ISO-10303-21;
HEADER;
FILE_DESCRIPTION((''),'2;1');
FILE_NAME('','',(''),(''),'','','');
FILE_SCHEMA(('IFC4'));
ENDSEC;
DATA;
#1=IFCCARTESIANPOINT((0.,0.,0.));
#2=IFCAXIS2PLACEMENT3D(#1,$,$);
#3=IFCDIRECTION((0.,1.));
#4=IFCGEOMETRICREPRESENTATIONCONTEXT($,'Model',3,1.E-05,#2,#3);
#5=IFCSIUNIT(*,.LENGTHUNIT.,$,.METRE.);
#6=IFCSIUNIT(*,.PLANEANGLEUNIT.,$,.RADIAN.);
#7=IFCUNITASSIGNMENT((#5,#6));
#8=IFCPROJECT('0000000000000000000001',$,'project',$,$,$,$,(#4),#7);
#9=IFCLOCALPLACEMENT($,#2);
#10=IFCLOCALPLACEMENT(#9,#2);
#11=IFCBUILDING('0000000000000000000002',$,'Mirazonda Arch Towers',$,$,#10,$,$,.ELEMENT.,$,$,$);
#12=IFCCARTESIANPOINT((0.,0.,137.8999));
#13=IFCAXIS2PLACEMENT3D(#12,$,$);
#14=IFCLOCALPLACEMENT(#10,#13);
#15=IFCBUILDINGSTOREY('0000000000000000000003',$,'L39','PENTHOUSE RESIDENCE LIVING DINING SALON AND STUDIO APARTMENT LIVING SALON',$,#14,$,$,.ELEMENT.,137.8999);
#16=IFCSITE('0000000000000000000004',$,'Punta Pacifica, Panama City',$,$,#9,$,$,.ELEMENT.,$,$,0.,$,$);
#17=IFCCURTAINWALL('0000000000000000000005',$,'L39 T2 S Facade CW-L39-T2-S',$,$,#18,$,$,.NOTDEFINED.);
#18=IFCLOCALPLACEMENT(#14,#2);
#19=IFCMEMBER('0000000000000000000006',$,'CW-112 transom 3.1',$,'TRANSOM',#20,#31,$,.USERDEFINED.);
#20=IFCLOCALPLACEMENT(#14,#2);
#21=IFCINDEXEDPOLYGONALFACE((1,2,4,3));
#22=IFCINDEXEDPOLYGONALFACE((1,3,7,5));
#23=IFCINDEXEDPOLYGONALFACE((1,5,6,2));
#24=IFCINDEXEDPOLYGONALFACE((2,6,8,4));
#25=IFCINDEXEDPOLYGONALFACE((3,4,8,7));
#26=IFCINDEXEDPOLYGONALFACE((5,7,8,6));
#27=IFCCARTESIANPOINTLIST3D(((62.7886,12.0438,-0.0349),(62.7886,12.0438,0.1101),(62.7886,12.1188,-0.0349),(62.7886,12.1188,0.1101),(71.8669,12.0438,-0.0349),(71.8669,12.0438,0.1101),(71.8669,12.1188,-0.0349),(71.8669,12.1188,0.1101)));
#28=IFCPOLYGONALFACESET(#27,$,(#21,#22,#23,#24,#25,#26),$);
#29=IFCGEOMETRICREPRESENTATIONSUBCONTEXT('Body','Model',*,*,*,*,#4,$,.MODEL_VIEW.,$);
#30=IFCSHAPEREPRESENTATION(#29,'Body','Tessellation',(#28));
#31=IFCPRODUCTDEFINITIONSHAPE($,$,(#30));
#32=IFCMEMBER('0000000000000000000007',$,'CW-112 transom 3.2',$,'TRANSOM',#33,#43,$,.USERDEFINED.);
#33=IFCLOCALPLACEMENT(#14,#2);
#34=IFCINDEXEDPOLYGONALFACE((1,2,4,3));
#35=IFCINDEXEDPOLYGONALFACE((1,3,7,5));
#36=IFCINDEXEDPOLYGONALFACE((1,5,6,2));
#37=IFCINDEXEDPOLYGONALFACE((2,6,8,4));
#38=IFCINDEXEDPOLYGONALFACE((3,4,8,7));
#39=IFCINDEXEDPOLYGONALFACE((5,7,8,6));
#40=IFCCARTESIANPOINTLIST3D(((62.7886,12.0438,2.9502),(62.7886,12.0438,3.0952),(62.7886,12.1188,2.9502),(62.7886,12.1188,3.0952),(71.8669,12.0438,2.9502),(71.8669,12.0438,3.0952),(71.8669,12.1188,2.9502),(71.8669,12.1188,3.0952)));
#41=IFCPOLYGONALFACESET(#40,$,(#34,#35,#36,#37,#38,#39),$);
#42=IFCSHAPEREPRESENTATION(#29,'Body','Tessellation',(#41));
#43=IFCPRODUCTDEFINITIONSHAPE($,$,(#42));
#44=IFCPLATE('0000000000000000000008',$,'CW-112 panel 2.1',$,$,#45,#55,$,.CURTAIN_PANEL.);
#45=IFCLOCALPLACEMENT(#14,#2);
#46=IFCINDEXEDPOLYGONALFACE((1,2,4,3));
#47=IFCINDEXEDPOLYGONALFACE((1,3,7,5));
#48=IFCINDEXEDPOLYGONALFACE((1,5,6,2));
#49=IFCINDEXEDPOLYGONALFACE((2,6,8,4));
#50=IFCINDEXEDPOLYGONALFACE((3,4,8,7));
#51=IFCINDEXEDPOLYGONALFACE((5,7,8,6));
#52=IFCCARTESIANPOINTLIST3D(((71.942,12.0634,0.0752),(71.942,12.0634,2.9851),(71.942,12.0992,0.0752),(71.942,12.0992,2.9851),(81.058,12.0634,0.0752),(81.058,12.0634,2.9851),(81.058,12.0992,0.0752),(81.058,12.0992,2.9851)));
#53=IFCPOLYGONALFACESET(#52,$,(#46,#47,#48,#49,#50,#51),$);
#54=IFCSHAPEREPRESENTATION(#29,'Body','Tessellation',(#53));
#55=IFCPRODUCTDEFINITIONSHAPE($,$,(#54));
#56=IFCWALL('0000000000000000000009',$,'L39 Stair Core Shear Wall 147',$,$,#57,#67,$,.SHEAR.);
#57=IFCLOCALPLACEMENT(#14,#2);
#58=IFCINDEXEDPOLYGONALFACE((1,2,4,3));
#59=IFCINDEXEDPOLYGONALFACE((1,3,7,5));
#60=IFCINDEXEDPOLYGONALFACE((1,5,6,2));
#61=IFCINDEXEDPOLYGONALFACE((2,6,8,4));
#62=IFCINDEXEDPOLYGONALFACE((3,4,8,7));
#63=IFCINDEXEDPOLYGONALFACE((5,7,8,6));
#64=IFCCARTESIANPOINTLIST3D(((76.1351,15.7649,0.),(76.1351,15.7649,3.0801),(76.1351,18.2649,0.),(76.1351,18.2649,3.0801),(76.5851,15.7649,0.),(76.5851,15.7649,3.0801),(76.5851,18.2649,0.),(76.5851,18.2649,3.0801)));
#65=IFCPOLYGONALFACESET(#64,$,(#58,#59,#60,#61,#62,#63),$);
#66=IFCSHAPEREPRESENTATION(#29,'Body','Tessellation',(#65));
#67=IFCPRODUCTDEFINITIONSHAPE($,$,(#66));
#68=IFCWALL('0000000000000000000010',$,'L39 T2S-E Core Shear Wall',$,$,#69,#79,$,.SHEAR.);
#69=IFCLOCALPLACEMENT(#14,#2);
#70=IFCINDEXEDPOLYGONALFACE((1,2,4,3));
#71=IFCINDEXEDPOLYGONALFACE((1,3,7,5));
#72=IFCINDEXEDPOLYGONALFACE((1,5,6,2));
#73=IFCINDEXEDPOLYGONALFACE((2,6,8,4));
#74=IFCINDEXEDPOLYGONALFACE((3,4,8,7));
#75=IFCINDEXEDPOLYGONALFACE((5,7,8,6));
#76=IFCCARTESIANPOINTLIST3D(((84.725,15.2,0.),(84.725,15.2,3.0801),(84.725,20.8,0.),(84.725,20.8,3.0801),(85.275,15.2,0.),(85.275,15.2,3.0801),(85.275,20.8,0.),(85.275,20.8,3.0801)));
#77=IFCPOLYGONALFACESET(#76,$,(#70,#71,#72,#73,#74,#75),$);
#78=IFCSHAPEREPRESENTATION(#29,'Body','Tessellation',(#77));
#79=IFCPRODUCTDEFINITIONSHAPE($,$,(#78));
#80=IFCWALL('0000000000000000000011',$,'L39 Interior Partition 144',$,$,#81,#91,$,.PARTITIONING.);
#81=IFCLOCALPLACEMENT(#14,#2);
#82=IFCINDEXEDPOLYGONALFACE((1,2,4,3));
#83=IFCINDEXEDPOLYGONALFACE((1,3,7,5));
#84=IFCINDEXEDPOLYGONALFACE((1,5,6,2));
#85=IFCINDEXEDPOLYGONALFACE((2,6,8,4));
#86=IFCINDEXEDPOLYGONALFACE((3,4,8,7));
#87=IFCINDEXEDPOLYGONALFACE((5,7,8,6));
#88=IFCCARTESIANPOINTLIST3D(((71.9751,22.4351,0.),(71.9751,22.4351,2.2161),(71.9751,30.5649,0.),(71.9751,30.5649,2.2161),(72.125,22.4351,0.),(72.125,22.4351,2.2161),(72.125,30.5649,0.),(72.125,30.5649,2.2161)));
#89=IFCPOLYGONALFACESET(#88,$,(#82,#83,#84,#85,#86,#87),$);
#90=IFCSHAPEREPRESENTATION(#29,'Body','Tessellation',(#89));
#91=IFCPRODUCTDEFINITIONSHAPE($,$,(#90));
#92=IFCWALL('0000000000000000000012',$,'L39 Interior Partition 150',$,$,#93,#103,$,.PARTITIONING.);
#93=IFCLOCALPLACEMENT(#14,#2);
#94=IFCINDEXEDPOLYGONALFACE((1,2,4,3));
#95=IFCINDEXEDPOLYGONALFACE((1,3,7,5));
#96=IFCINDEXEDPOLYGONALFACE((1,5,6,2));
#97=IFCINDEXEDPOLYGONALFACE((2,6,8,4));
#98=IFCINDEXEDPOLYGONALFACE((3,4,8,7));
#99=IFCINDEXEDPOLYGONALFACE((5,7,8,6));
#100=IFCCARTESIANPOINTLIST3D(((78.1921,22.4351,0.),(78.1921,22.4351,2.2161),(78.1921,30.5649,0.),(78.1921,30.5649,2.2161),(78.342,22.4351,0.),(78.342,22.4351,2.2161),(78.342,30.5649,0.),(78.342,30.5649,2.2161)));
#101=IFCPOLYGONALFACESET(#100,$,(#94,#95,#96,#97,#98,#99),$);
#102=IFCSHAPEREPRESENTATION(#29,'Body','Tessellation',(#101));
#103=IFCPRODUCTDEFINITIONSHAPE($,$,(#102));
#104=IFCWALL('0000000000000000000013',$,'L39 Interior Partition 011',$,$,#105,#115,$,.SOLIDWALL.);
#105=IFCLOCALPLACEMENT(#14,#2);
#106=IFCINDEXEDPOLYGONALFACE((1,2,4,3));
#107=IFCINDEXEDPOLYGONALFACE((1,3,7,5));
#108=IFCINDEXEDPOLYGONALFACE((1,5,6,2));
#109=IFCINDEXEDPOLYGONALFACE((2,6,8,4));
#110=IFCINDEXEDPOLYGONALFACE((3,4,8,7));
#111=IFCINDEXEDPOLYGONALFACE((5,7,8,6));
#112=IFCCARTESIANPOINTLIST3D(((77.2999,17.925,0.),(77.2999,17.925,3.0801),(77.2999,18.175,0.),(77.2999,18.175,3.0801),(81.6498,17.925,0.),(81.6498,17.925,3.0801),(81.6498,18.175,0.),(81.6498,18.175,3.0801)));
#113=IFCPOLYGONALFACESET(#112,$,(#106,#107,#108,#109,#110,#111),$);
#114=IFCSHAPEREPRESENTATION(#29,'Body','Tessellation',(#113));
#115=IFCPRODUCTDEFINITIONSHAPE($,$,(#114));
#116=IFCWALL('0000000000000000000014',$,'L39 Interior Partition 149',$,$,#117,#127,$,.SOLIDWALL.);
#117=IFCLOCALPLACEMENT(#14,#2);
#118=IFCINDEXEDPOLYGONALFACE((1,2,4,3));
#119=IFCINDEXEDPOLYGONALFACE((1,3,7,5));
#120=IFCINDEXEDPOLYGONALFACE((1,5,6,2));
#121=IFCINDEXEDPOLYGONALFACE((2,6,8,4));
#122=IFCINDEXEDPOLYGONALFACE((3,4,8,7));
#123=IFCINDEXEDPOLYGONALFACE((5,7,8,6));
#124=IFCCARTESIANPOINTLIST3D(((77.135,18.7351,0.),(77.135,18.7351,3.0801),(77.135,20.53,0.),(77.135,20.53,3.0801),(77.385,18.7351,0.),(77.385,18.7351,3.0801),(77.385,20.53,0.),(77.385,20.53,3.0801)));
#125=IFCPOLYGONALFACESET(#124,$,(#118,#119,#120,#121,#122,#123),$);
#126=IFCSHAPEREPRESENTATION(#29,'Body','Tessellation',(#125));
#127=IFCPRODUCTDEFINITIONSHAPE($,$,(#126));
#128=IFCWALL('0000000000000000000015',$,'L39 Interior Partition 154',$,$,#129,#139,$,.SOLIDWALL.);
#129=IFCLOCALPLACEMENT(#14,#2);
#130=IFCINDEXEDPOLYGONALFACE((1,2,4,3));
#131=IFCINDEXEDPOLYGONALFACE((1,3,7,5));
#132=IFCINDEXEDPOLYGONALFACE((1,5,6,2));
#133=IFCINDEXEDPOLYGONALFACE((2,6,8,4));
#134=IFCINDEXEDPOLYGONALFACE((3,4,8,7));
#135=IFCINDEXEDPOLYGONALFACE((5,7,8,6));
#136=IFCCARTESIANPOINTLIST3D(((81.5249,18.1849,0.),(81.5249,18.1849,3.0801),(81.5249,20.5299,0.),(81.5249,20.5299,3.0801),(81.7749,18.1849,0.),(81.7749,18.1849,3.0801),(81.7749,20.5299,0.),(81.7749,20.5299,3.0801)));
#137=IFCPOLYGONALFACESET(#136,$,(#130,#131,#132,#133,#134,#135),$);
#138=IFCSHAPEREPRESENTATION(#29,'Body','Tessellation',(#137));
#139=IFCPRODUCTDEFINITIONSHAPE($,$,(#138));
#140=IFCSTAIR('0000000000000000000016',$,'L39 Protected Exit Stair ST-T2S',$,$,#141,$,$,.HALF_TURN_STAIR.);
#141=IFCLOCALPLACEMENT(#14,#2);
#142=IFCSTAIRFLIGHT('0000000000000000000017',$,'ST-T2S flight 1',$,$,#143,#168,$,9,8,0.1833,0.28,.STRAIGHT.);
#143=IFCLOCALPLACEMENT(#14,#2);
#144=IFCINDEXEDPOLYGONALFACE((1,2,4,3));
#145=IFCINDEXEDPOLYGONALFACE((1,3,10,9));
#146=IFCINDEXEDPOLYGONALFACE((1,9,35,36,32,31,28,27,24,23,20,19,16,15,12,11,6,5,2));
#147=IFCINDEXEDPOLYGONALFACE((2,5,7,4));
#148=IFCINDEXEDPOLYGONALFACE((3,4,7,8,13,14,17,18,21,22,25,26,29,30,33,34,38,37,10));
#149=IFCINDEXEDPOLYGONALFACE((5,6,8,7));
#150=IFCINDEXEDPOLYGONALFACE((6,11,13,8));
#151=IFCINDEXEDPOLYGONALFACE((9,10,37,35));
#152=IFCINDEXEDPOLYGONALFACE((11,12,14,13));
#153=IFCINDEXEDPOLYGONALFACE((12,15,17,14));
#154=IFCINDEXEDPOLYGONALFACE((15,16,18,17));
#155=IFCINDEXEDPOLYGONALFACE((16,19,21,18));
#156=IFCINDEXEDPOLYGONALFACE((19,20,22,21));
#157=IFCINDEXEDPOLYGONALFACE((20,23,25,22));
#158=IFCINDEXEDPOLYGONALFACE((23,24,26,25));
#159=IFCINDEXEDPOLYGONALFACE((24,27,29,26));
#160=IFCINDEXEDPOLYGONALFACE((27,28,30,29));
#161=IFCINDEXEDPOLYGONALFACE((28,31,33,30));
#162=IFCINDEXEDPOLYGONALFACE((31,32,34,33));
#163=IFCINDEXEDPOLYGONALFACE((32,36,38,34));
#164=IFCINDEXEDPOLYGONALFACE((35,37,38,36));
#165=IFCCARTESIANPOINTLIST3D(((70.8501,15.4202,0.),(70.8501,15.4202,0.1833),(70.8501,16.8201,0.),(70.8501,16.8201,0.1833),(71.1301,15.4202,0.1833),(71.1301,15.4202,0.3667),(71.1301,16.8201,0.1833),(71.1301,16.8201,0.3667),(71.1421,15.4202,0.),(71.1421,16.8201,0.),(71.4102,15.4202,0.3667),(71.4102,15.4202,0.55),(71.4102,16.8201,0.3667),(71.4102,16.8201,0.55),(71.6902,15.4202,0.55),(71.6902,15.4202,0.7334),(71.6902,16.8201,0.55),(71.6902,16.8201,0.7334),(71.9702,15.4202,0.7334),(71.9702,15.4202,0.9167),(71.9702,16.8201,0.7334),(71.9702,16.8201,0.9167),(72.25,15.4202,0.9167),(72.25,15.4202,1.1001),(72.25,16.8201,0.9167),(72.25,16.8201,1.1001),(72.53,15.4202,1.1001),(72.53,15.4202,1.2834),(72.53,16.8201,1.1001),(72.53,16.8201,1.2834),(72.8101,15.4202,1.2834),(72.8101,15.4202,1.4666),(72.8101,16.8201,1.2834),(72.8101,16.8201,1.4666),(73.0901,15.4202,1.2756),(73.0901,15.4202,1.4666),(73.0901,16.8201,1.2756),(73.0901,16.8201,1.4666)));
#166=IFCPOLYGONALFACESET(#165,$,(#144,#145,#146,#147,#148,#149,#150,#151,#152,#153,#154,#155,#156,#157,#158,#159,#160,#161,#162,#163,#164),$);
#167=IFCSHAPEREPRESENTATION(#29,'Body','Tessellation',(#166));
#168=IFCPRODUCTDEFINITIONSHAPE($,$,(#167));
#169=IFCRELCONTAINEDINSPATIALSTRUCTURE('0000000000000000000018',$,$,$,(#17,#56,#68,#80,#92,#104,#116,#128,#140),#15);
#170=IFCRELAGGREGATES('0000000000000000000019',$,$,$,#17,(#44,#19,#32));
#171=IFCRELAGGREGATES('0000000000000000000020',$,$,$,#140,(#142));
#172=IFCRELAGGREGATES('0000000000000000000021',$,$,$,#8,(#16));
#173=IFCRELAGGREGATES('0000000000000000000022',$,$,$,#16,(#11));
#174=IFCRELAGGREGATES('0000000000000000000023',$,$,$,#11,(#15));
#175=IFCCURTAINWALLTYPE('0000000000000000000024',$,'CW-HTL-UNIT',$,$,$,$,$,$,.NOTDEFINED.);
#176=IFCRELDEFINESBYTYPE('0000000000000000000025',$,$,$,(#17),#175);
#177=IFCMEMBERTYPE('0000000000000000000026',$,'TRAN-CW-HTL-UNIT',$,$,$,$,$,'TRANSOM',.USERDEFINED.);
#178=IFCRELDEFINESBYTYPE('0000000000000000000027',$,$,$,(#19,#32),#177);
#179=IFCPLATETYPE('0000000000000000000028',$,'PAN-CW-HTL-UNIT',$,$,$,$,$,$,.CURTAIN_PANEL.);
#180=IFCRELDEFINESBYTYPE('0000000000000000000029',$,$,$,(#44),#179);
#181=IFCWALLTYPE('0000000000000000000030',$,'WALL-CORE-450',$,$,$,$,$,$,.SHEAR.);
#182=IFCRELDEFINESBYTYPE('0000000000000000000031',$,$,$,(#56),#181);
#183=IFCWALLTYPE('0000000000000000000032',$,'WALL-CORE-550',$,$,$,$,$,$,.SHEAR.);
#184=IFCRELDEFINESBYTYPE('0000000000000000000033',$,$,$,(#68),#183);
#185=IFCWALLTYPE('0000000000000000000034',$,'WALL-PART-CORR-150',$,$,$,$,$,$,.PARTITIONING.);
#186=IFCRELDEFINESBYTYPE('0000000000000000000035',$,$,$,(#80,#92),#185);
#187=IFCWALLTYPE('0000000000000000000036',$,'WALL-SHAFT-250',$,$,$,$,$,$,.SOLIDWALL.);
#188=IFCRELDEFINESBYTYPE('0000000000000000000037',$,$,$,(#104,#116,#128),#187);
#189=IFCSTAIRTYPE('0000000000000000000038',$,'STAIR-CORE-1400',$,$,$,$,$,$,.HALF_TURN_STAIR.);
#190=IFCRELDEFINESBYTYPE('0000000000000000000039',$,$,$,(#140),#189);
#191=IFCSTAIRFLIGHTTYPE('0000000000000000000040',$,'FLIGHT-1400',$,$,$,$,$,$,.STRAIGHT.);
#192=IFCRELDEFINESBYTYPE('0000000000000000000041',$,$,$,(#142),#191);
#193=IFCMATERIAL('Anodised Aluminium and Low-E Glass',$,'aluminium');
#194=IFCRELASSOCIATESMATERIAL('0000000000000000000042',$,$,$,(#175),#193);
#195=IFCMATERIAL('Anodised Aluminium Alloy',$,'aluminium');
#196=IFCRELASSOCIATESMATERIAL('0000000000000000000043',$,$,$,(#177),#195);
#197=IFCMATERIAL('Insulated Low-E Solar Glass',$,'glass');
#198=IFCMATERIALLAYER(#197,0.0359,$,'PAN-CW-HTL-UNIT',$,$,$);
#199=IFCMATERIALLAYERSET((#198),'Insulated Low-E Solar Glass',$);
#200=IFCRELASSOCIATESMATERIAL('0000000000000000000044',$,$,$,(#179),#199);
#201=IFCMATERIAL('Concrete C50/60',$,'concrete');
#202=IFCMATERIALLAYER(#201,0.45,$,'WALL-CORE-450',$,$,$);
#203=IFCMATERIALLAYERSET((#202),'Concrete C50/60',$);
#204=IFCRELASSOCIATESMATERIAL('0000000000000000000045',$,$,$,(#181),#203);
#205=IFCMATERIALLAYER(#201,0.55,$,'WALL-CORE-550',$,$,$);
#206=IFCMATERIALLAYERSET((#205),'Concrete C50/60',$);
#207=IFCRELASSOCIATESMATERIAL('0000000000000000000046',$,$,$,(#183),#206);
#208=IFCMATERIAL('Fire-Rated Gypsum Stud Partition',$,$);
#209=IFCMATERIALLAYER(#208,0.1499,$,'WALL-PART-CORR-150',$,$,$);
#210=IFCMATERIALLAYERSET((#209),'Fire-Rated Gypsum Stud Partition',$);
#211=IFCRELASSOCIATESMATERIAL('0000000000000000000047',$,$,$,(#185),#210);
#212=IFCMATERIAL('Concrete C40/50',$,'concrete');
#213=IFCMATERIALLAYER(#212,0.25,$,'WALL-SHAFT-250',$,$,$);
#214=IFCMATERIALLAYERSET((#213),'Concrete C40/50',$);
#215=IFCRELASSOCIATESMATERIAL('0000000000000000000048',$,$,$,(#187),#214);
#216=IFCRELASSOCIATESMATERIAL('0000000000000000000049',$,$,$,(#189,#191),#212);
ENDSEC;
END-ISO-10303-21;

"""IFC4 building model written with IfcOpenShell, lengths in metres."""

from ifc_helpers import new_model, si_unit, direction, frame, frame_2d, origin, origin_2d, place, context, subcontext, project, spatial, polyline, rectangle, outline, extrude, material, layer, layer_set, material_profile, profile_set, type_object, element, aggregate, save


model = new_model("IFC4")

# Units and contexts
model_context = context("Model", 3, precision=1e-05, world=origin(), true_north=direction((0.0, 1.0)))
body_context = subcontext(model_context, "Body", "Model", "MODEL_VIEW")
ifc_project = project(units=[si_unit("LENGTHUNIT", "METRE"), si_unit("PLANEANGLEUNIT", "RADIAN")], contexts=[model_context])

# Site, building, storey
site_placement = place(None, origin())
site = spatial("IfcSite", under=ifc_project, at=site_placement, Name="Punta Pacifica, Panama City", CompositionType="ELEMENT", RefElevation=0.0)
building_placement = place(site_placement, origin())
building = spatial("IfcBuilding", under=site, at=building_placement, Name="Mirazonda Arch Towers", CompositionType="ELEMENT")
storey_placement = place(building_placement, frame((0.0, 0.0, 137.8999)))
storey = spatial("IfcBuildingStorey", under=building, at=storey_placement, Name="L39", Description="PENTHOUSE RESIDENCE LIVING DINING SALON AND STUDIO APARTMENT LIVING SALON", CompositionType="ELEMENT", Elevation=137.8999)

# Shared definitions
ifc_material_1 = material(Name="Concrete C50/60", Category="concrete")

# Curtain wall, members, plate
ifc_material_2 = material(Name="Anodised Aluminium and Low-E Glass", Category="aluminium")
curtain_wall_type = type_object("IfcCurtainWallType", Name="CW-HTL-UNIT", PredefinedType="NOTDEFINED", material=ifc_material_2)
curtain_wall_placement = place(storey_placement, origin())
curtain_wall = element("IfcCurtainWall", 1, at=curtain_wall_placement, inside=storey, type_object=curtain_wall_type, Name="L39 T2 S Facade CW-L39-T2-S", PredefinedType="NOTDEFINED")
ifc_material_3 = material(Name="Anodised Aluminium Alloy", Category="aluminium")
ifc_material_profile_1 = material_profile(ifc_material_3, rectangle(XDim=0.075, YDim=0.145, at=origin_2d()), Name="ALU-TRAN-75x145")
ifc_profile_set_1 = profile_set([ifc_material_profile_1], Name="Anodised Aluminium Alloy")
member_type_1 = type_object("IfcMemberType", Name="TRAN-CW-HTL-UNIT", ElementType="TRANSOM", PredefinedType="USERDEFINED", material=ifc_profile_set_1)
member_1_placement = place(storey_placement, frame((71.8669, 12.0813, 0.0376), z_axis=(-1.0, 0.0, 0.0), x_axis=(0.0, -1.0, 0.0)))
member_1 = element("IfcMember", 2, at=member_1_placement, type_object=member_type_1, Name="CW-112 transom 3.1", ObjectType="TRANSOM", PredefinedType="USERDEFINED", context=body_context, shape_type="SweptSolid", body=[
    extrude(rectangle(XDim=0.075, YDim=0.145, at=origin_2d()), origin(), (0.0, 0.0, 1.0), 9.0784),
])
member_2_placement = place(storey_placement, frame((71.8669, 12.0813, 3.0227), z_axis=(-1.0, 0.0, 0.0), x_axis=(0.0, -1.0, 0.0)))
member_2 = element("IfcMember", 3, at=member_2_placement, type_object=member_type_1, Name="CW-112 transom 3.2", ObjectType="TRANSOM", PredefinedType="USERDEFINED", context=body_context, shape_type="SweptSolid", body=[
    extrude(rectangle(XDim=0.075, YDim=0.145, at=origin_2d()), origin(), (0.0, 0.0, 1.0), 9.0784),
])
ifc_material_4 = material(Name="Insulated Low-E Solar Glass", Category="glass")
ifc_layer_1 = layer(ifc_material_4, 0.0359, Name="PAN-CW-HTL-UNIT")
ifc_layer_set_1 = layer_set([ifc_layer_1], Name="Insulated Low-E Solar Glass")
plate_type = type_object("IfcPlateType", Name="PAN-CW-HTL-UNIT", PredefinedType="CURTAIN_PANEL", material=ifc_layer_set_1)
plate_placement = place(storey_placement, frame((76.5, 12.0813, 0.0752), z_axis=(0.0, 0.0, 1.0), x_axis=(-1.0, 0.0, 0.0)))
plate = element("IfcPlate", 4, at=plate_placement, type_object=plate_type, Name="CW-112 panel 2.1", PredefinedType="CURTAIN_PANEL", context=body_context, shape_type="SweptSolid", body=[
    extrude(rectangle(XDim=9.116, YDim=0.0359, at=origin_2d()), origin(), (0.0, 0.0, 1.0), 2.9099),
])
aggregate(curtain_wall, [plate, member_1, member_2])

# Walls
ifc_layer_2 = layer(ifc_material_1, 0.45, Name="WALL-CORE-450")
ifc_layer_set_2 = layer_set([ifc_layer_2], Name="Concrete C50/60")
wall_type_1 = type_object("IfcWallType", Name="WALL-CORE-450", PredefinedType="SHEAR", material=ifc_layer_set_2)
wall_1_placement = place(storey_placement, frame((76.3601, 15.7649, 0.0), z_axis=(0.0, 0.0, 1.0), x_axis=(0.0, 1.0, 0.0)))
element("IfcWall", 5, at=wall_1_placement, inside=storey, type_object=wall_type_1, Name="L39 Stair Core Shear Wall 147", PredefinedType="SHEAR", context=body_context, shape_type="SweptSolid", body=[
    extrude(rectangle(XDim=2.5, YDim=0.45, at=frame_2d((1.25, 0.0))), origin(), (0.0, 0.0, 1.0), 3.0801),
])
ifc_layer_3 = layer(ifc_material_1, 0.55, Name="WALL-CORE-550")
ifc_layer_set_3 = layer_set([ifc_layer_3], Name="Concrete C50/60")
wall_type_2 = type_object("IfcWallType", Name="WALL-CORE-550", PredefinedType="SHEAR", material=ifc_layer_set_3)
wall_2_placement = place(storey_placement, frame((85.0, 15.2, 0.0), z_axis=(0.0, 0.0, 1.0), x_axis=(0.0, 1.0, 0.0)))
element("IfcWall", 6, at=wall_2_placement, inside=storey, type_object=wall_type_2, Name="L39 T2S-E Core Shear Wall", PredefinedType="SHEAR", context=body_context, shape_type="SweptSolid", body=[
    extrude(rectangle(XDim=5.6001, YDim=0.55, at=frame_2d((2.8, 0.0))), origin(), (0.0, 0.0, 1.0), 3.0801),
])
ifc_material_5 = material(Name="Fire-Rated Gypsum Stud Partition")
ifc_layer_4 = layer(ifc_material_5, 0.1499, Name="WALL-PART-CORR-150")
ifc_layer_set_4 = layer_set([ifc_layer_4], Name="Fire-Rated Gypsum Stud Partition")
wall_type_3 = type_object("IfcWallType", Name="WALL-PART-CORR-150", PredefinedType="PARTITIONING", material=ifc_layer_set_4)
for number, where, z_axis, x_axis, name in (
    (7, (72.05, 22.4351, 0.0), (0.0, 0.0, 1.0), (0.0, 1.0, 0.0), "L39 Interior Partition 144"),
    (8, (78.2671, 22.4351, 0.0), (0.0, 0.0, 1.0), (0.0, 1.0, 0.0), "L39 Interior Partition 150"),
):
    element("IfcWall", number, at=place(storey_placement, frame(where, z_axis=z_axis, x_axis=x_axis)), inside=storey, type_object=wall_type_3, Name=name, PredefinedType="PARTITIONING", context=body_context, shape_type="SweptSolid", body=[
        extrude(rectangle(XDim=8.1299, YDim=0.1499, at=frame_2d((4.0649, 0.0))), origin(), (0.0, 0.0, 1.0), 2.2161),
    ])
ifc_material_6 = material(Name="Concrete C40/50", Category="concrete")
ifc_layer_5 = layer(ifc_material_6, 0.25, Name="WALL-SHAFT-250")
ifc_layer_set_5 = layer_set([ifc_layer_5], Name="Concrete C40/50")
wall_type_4 = type_object("IfcWallType", Name="WALL-SHAFT-250", PredefinedType="SOLIDWALL", material=ifc_layer_set_5)
wall_3_placement = place(storey_placement, frame((77.3, 18.05, 0.0), z_axis=(0.0, 0.0, 1.0), x_axis=(1.0, 0.0, 0.0)))
element("IfcWall", 9, at=wall_3_placement, inside=storey, type_object=wall_type_4, Name="L39 Interior Partition 011", PredefinedType="SOLIDWALL", context=body_context, shape_type="SweptSolid", body=[
    extrude(rectangle(XDim=4.3499, YDim=0.25, at=frame_2d((2.1748, 0.0))), origin(), (0.0, 0.0, 1.0), 3.0801),
])
wall_4_placement = place(storey_placement, frame((77.26, 18.7351, 0.0), z_axis=(0.0, 0.0, 1.0), x_axis=(0.0, 1.0, 0.0)))
element("IfcWall", 10, at=wall_4_placement, inside=storey, type_object=wall_type_4, Name="L39 Interior Partition 149", PredefinedType="SOLIDWALL", context=body_context, shape_type="SweptSolid", body=[
    extrude(rectangle(XDim=1.7949, YDim=0.25, at=frame_2d((0.8975, 0.0))), origin(), (0.0, 0.0, 1.0), 3.0801),
])
wall_5_placement = place(storey_placement, frame((81.6499, 18.1851, 0.0), z_axis=(0.0, 0.0, 1.0), x_axis=(0.0, 1.0, 0.0)))
element("IfcWall", 11, at=wall_5_placement, inside=storey, type_object=wall_type_4, Name="L39 Interior Partition 154", PredefinedType="SOLIDWALL", context=body_context, shape_type="SweptSolid", body=[
    extrude(rectangle(XDim=2.345, YDim=0.25, at=frame_2d((1.1724, 0.0))), origin(), (0.0, 0.0, 1.0), 3.0801),
])

# Stair, stair flight
stair_type = type_object("IfcStairType", Name="STAIR-CORE-1400", PredefinedType="HALF_TURN_STAIR", material=ifc_material_6)
stair_placement = place(storey_placement, origin())
stair = element("IfcStair", 12, at=stair_placement, inside=storey, type_object=stair_type, Name="L39 Protected Exit Stair ST-T2S", PredefinedType="HALF_TURN_STAIR")
stair_flight_type = type_object("IfcStairFlightType", Name="FLIGHT-1400", PredefinedType="STRAIGHT", material=ifc_material_6)
stair_flight_1_placement = place(storey_placement, frame((70.8501, 16.1201, 0.0), z_axis=(0.0, 0.0, 1.0), x_axis=(1.0, 0.0, 0.0)))
stair_flight_1 = element("IfcStairFlight", 13, at=stair_flight_1_placement, type_object=stair_flight_type, Name="ST-T2S flight 1", NumberOfRisers=9, NumberOfTreads=8, PredefinedType="STRAIGHT", RiserHeight=0.1833, TreadLength=0.28, context=body_context, shape_type="SweptSolid", body=[
    extrude(outline(polyline([(0.0, 0.0), (0.0, 0.1833), (0.28, 0.1833), (0.28, 0.3667), (0.5601, 0.3667), (0.5601, 0.55), (0.8401, 0.55), (0.8401, 0.7334), (1.1201, 0.7334), (1.1201, 0.9167), (1.3999, 0.9167), (1.3999, 1.1001), (1.6799, 1.1001), (1.6799, 1.2834), (1.96, 1.2834), (1.96, 1.4666), (2.24, 1.4666), (2.24, 1.6499), (2.24, 1.2756), (0.292, 0.0), (0.0, 0.0)])), frame((0.0, 0.7, 0.0), z_axis=(0.0, -1.0, 0.0), x_axis=(1.0, 0.0, 0.0)), (0.0, 0.0, 1.0), 1.3999),
])
aggregate(stair, [stair_flight_1])

save(model, "model.ifc")
